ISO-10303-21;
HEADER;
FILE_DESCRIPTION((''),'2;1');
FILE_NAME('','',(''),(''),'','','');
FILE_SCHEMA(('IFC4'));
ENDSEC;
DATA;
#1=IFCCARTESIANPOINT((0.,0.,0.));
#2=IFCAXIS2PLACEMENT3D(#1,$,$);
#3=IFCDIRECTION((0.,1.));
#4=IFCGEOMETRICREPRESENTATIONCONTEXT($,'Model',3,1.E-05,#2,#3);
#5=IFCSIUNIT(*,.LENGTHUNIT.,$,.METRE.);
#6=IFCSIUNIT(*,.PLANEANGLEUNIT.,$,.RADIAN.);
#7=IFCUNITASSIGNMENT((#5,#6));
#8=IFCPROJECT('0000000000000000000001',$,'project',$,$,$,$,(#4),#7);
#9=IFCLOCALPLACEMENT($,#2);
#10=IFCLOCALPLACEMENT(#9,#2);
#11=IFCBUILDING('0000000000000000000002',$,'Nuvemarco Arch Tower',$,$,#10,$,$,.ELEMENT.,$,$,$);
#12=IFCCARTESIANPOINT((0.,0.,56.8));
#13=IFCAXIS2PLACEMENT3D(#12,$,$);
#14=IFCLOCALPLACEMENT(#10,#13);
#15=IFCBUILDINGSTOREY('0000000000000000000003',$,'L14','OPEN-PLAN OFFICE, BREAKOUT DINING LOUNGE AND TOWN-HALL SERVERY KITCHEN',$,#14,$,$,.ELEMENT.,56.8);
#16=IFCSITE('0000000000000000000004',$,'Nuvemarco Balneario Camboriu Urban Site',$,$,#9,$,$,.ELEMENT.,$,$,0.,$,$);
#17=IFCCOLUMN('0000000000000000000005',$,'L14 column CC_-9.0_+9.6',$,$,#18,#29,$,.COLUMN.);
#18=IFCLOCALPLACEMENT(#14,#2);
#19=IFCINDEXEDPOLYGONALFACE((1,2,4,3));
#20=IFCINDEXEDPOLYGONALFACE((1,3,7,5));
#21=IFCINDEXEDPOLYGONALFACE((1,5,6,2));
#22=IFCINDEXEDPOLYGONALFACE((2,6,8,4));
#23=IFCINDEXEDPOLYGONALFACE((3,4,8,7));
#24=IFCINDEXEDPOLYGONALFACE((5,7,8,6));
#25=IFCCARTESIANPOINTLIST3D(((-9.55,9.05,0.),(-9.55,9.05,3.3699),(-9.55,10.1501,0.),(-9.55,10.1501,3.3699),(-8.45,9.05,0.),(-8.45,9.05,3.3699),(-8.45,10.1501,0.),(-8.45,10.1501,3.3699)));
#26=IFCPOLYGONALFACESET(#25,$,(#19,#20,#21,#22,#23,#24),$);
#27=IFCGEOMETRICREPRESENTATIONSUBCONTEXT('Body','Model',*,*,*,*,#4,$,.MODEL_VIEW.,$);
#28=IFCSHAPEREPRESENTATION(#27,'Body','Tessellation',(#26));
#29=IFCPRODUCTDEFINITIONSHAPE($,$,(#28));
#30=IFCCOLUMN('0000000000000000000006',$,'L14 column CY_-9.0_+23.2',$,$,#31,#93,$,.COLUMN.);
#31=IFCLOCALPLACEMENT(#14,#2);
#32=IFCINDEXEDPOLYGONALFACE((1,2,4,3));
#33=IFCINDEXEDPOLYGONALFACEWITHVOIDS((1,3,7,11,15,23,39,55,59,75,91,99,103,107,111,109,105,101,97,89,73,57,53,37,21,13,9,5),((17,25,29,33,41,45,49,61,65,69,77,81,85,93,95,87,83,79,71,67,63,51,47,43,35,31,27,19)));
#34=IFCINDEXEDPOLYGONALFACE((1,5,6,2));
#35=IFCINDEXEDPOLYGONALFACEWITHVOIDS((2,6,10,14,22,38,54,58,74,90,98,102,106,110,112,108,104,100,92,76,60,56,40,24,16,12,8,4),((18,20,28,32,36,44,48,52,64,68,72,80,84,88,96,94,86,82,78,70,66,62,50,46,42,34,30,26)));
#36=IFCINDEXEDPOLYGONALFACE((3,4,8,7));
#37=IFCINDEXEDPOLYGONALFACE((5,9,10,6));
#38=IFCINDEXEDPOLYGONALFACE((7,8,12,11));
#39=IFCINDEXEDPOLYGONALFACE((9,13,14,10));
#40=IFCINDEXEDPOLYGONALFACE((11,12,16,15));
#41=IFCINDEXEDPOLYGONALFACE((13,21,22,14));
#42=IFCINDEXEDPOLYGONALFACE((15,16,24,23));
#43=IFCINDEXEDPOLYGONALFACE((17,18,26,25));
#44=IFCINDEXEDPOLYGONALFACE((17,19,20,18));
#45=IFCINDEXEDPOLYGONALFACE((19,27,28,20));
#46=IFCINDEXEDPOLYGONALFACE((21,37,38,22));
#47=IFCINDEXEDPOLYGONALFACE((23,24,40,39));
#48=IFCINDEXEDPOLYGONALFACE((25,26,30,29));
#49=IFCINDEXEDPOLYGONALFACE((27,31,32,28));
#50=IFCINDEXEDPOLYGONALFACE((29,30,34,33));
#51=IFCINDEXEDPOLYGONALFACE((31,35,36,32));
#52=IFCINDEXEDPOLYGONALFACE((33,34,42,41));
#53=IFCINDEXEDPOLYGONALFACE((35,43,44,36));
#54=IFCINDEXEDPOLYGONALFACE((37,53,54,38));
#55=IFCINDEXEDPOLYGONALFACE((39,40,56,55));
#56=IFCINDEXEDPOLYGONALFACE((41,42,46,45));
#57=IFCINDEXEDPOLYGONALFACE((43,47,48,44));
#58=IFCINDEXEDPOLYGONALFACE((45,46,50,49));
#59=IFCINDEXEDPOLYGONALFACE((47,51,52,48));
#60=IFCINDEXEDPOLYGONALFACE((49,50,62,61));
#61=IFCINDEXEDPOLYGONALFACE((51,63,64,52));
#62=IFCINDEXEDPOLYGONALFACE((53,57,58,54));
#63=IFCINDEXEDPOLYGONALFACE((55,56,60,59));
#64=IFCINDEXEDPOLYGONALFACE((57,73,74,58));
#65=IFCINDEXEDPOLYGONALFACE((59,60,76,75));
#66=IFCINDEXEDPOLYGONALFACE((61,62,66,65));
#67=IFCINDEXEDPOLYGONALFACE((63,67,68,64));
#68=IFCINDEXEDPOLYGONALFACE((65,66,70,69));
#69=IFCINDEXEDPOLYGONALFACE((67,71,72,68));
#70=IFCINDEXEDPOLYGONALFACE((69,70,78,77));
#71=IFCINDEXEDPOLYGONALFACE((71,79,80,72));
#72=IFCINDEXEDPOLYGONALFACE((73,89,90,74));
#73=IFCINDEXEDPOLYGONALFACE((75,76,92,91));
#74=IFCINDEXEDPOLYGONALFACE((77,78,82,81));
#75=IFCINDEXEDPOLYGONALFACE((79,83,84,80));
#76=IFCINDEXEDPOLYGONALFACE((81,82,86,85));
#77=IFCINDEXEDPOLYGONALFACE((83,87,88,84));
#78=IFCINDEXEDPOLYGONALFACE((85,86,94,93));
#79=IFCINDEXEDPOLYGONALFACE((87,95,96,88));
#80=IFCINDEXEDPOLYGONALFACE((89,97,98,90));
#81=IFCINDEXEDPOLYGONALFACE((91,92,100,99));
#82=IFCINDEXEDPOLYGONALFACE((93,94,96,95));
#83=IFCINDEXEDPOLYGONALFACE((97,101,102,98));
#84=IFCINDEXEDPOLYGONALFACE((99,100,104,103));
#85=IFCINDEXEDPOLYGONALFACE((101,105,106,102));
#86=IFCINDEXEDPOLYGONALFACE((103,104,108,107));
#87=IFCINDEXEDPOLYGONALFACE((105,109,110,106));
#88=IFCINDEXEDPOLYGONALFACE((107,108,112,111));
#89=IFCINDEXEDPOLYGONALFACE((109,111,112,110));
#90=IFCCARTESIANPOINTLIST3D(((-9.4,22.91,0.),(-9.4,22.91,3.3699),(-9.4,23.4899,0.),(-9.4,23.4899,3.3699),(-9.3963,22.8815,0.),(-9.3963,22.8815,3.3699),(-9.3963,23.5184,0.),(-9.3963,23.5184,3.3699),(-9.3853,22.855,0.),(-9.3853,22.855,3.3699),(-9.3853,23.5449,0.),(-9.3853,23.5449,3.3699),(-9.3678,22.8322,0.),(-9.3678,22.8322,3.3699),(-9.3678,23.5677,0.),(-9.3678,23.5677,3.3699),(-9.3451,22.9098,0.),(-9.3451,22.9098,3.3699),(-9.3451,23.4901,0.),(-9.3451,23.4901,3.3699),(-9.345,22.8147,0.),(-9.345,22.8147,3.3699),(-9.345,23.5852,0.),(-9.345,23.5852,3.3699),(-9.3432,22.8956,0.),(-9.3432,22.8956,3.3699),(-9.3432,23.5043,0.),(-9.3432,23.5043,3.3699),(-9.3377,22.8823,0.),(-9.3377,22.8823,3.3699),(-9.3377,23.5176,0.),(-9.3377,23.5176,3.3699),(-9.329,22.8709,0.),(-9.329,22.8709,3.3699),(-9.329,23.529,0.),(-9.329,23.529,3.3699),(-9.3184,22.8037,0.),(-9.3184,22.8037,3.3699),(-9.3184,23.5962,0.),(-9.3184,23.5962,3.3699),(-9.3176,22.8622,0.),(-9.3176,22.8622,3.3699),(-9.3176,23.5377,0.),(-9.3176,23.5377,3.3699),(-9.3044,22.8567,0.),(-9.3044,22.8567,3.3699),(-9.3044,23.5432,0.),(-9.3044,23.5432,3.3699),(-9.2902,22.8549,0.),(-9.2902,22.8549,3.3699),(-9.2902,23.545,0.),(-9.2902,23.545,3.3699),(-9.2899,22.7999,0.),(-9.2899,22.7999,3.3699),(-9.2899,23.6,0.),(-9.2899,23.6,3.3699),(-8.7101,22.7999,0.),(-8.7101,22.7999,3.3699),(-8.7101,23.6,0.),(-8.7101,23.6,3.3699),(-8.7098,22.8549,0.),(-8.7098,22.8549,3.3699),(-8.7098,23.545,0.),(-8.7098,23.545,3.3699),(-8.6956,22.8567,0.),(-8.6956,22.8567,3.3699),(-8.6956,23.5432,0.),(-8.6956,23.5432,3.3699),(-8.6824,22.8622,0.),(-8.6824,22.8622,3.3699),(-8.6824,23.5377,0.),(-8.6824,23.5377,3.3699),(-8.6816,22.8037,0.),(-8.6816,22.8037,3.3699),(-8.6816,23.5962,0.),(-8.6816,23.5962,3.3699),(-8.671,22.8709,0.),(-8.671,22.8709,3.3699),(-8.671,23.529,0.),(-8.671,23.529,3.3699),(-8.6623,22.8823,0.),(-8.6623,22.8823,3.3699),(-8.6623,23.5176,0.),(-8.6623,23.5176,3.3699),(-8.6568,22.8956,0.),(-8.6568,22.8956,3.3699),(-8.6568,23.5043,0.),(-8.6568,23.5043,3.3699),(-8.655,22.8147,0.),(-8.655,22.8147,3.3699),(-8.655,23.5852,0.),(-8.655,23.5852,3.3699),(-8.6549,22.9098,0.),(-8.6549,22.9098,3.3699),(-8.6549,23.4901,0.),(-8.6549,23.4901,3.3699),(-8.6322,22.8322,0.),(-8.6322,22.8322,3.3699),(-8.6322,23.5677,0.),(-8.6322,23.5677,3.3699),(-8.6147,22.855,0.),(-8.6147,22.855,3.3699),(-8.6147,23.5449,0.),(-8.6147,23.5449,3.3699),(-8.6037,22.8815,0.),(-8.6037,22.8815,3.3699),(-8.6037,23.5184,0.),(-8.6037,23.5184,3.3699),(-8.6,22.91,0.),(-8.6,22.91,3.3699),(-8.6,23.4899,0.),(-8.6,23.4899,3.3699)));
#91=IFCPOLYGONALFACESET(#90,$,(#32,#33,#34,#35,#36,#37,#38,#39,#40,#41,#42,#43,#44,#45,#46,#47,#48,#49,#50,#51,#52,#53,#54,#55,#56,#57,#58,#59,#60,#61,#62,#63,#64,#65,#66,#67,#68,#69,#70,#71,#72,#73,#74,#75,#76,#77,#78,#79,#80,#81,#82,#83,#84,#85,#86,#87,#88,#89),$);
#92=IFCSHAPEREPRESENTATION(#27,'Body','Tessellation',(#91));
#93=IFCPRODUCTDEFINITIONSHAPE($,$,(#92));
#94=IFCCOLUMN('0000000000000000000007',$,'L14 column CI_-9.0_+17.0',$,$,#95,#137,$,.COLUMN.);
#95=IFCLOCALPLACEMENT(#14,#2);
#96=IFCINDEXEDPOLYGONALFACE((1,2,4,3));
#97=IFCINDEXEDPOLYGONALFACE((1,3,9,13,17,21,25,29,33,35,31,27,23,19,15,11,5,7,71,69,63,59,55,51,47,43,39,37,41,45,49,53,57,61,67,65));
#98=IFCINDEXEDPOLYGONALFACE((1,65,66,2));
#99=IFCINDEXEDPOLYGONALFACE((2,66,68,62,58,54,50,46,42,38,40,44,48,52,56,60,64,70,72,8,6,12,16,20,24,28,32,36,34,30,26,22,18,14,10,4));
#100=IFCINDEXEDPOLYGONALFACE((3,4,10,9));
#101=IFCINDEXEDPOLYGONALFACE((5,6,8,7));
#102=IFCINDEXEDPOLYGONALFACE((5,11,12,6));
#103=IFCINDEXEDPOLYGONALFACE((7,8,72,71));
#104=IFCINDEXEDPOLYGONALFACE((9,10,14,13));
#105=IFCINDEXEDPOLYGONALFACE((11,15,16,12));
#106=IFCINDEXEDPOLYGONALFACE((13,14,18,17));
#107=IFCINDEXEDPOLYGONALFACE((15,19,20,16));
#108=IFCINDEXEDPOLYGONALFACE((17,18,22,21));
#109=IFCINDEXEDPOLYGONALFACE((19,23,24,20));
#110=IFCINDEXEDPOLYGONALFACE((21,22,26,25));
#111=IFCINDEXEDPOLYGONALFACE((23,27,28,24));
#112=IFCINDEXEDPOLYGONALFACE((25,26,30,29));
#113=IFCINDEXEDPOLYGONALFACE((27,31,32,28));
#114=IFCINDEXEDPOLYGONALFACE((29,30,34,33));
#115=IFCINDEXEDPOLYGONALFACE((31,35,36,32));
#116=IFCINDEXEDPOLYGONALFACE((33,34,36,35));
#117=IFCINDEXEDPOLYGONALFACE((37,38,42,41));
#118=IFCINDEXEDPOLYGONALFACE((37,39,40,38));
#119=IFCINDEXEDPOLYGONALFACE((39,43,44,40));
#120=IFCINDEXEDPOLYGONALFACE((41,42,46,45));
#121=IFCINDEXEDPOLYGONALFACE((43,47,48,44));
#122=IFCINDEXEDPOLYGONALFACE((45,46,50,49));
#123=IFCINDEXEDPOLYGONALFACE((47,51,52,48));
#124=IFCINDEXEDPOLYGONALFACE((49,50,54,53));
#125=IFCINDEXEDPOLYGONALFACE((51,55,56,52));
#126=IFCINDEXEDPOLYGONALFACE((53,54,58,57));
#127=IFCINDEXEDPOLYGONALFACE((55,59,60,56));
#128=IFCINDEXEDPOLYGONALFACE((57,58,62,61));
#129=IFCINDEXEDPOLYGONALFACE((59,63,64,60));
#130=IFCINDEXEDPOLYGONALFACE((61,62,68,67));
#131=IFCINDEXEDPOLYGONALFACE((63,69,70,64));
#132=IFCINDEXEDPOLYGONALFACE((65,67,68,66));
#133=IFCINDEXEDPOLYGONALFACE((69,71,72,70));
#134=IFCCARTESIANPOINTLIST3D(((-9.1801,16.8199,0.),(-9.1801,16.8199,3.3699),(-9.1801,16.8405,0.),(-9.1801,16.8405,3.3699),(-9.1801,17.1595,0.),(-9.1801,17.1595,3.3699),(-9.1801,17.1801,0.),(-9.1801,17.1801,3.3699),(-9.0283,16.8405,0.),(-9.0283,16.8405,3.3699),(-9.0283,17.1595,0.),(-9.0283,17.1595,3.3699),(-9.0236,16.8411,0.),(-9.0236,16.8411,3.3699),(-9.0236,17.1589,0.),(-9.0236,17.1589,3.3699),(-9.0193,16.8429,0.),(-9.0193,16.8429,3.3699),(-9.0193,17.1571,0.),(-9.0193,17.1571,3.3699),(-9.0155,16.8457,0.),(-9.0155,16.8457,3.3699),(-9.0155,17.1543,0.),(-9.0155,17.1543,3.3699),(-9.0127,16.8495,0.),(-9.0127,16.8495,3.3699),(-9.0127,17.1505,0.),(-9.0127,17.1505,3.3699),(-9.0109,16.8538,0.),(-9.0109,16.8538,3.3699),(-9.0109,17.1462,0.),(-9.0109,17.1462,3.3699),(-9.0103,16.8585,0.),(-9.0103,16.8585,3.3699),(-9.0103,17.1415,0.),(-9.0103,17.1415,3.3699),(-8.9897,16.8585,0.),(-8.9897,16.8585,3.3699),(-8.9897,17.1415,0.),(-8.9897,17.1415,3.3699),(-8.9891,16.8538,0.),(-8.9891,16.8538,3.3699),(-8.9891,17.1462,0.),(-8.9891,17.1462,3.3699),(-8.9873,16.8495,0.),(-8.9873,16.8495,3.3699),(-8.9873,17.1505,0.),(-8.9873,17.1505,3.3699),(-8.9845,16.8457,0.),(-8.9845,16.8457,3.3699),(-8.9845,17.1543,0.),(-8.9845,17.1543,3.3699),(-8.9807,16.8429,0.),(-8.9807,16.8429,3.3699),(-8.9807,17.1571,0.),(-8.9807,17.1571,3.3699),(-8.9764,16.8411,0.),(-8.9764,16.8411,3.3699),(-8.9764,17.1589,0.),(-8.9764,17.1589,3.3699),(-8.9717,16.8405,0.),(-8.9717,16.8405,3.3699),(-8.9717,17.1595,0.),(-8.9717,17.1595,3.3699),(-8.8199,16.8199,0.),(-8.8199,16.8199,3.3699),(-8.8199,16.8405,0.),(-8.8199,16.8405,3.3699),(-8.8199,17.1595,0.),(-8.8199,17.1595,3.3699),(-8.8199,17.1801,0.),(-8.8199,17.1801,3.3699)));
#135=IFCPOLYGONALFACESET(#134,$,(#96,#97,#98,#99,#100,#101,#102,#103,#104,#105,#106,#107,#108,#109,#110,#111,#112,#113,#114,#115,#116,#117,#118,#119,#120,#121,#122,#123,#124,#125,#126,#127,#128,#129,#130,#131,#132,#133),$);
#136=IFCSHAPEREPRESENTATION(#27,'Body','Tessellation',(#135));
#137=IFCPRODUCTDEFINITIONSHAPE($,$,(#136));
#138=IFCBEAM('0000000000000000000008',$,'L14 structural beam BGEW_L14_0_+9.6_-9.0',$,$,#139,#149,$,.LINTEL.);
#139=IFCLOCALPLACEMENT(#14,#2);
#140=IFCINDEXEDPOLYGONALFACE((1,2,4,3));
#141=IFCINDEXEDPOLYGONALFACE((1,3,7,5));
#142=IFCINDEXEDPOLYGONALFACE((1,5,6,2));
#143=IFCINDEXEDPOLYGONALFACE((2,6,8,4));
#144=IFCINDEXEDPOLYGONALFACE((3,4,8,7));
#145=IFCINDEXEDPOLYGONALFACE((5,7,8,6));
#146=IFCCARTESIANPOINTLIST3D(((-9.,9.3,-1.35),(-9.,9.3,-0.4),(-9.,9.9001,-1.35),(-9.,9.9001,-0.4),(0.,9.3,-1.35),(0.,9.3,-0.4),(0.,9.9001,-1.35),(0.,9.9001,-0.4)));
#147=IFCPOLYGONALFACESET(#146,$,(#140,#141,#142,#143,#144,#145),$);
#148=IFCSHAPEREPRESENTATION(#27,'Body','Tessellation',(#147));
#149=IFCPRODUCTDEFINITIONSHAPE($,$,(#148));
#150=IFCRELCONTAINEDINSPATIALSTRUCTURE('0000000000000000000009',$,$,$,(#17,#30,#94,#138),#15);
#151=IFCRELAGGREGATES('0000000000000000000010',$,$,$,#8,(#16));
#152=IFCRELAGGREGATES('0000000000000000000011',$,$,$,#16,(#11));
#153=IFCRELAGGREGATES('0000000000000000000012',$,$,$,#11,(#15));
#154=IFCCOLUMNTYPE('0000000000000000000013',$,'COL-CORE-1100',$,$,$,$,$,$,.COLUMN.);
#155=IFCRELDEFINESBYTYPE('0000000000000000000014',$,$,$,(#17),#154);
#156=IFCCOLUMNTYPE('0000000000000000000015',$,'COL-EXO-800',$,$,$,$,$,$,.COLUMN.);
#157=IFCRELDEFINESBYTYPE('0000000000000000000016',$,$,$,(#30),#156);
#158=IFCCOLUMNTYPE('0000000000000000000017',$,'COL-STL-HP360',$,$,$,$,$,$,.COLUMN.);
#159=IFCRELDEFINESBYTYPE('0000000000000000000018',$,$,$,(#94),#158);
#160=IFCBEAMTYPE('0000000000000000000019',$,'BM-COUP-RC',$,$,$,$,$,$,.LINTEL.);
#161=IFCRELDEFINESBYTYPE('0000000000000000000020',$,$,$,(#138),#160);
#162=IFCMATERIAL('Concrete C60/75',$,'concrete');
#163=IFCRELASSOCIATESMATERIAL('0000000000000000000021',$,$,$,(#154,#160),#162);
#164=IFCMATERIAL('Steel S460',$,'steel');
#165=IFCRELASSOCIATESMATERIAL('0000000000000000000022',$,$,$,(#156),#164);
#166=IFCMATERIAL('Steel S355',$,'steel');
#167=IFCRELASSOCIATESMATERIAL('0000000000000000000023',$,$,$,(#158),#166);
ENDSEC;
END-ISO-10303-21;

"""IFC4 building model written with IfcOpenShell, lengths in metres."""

from ifc_helpers import new_model, si_unit, direction, frame, origin, origin_2d, place, context, subcontext, project, spatial, rectangle, hollow_rectangle, i_section, extrude, material, material_profile, profile_set, type_object, element, save


model = new_model("IFC4")

# Units and contexts
model_context = context("Model", 3, precision=1e-05, world=origin(), true_north=direction((0.0, 1.0)))
body_context = subcontext(model_context, "Body", "Model", "MODEL_VIEW")
ifc_project = project(units=[si_unit("LENGTHUNIT", "METRE"), si_unit("PLANEANGLEUNIT", "RADIAN")], contexts=[model_context])

# Site, building, storey
site_placement = place(None, origin())
site = spatial("IfcSite", under=ifc_project, at=site_placement, Name="Nuvemarco Balneario Camboriu Urban Site", CompositionType="ELEMENT", RefElevation=0.0)
building_placement = place(site_placement, origin())
building = spatial("IfcBuilding", under=site, at=building_placement, Name="Nuvemarco Arch Tower", CompositionType="ELEMENT")
storey_placement = place(building_placement, frame((0.0, 0.0, 56.8)))
storey = spatial("IfcBuildingStorey", under=building, at=storey_placement, Name="L14", Description="OPEN-PLAN OFFICE, BREAKOUT DINING LOUNGE AND TOWN-HALL SERVERY KITCHEN", CompositionType="ELEMENT", Elevation=56.8)

# Columns
ifc_material_1 = material(Name="Concrete C60/75", Category="concrete")
ifc_material_profile_1 = material_profile(ifc_material_1, rectangle(XDim=1.1001, YDim=1.1001, at=origin_2d()), Name="RC-COL-1100x1100")
ifc_profile_set_1 = profile_set([ifc_material_profile_1], Name="Concrete C60/75")
column_type_1 = type_object("IfcColumnType", Name="COL-CORE-1100", PredefinedType="COLUMN", material=ifc_profile_set_1)
column_1_placement = place(storey_placement, frame((-9.0, 9.6001, 0.0), z_axis=(0.0, 0.0, 1.0), x_axis=(1.0, 0.0, 0.0)))
element("IfcColumn", 1, at=column_1_placement, inside=storey, type_object=column_type_1, Name="L14 column CC_-9.0_+9.6", PredefinedType="COLUMN", context=body_context, shape_type="SweptSolid", body=[
    extrude(rectangle(XDim=1.1001, YDim=1.1001, at=origin_2d()), origin(), (0.0, 0.0, 1.0), 3.3699),
])
ifc_material_2 = material(Name="Steel S460", Category="steel")
ifc_material_profile_2 = material_profile(ifc_material_2, hollow_rectangle(XDim=0.8, YDim=0.8, WallThickness=0.0549, InnerFilletRadius=0.0549, OuterFilletRadius=0.1101, at=origin_2d()), Name="SHS800x800x55")
ifc_profile_set_2 = profile_set([ifc_material_profile_2], Name="Steel S460")
column_type_2 = type_object("IfcColumnType", Name="COL-EXO-800", PredefinedType="COLUMN", material=ifc_profile_set_2)
column_2_placement = place(storey_placement, frame((-9.0, 23.2, 0.0), z_axis=(0.0, 0.0, 1.0), x_axis=(1.0, 0.0, 0.0)))
element("IfcColumn", 2, at=column_2_placement, inside=storey, type_object=column_type_2, Name="L14 column CY_-9.0_+23.2", PredefinedType="COLUMN", context=body_context, shape_type="SweptSolid", body=[
    extrude(hollow_rectangle(XDim=0.8, YDim=0.8, WallThickness=0.0549, InnerFilletRadius=0.0549, OuterFilletRadius=0.1101, at=origin_2d()), origin(), (0.0, 0.0, 1.0), 3.3699),
])
ifc_material_3 = material(Name="Steel S355", Category="steel")
ifc_material_profile_3 = material_profile(ifc_material_3, i_section(OverallWidth=0.3601, OverallDepth=0.3601, WebThickness=0.0205, FlangeThickness=0.0205, FilletRadius=0.0181, at=origin_2d()), Name="HP360x174")
ifc_profile_set_3 = profile_set([ifc_material_profile_3], Name="Steel S355")
column_type_3 = type_object("IfcColumnType", Name="COL-STL-HP360", PredefinedType="COLUMN", material=ifc_profile_set_3)
column_3_placement = place(storey_placement, frame((-9.0, 17.0, 0.0), z_axis=(0.0, 0.0, 1.0), x_axis=(1.0, 0.0, 0.0)))
element("IfcColumn", 3, at=column_3_placement, inside=storey, type_object=column_type_3, Name="L14 column CI_-9.0_+17.0", PredefinedType="COLUMN", context=body_context, shape_type="SweptSolid", body=[
    extrude(i_section(OverallWidth=0.3601, OverallDepth=0.3601, WebThickness=0.0205, FlangeThickness=0.0205, FilletRadius=0.0181, at=origin_2d()), origin(), (0.0, 0.0, 1.0), 3.3699),
])

# Beam
ifc_material_profile_4 = material_profile(ifc_material_1, rectangle(XDim=0.6001, YDim=0.95, at=origin_2d()), Name="RC-BM-600x950")
ifc_profile_set_4 = profile_set([ifc_material_profile_4], Name="Concrete C60/75")
beam_type_1 = type_object("IfcBeamType", Name="BM-COUP-RC", PredefinedType="LINTEL", material=ifc_profile_set_4)
beam_1_placement = place(storey_placement, frame((-9.0, 9.6001, -0.875), z_axis=(1.0, 0.0, 0.0), x_axis=(0.0, 1.0, 0.0)))
element("IfcBeam", 4, at=beam_1_placement, inside=storey, type_object=beam_type_1, Name="L14 structural beam BGEW_L14_0_+9.6_-9.0", PredefinedType="LINTEL", context=body_context, shape_type="SweptSolid", body=[
    extrude(rectangle(XDim=0.6001, YDim=0.95, at=origin_2d()), origin(), (0.0, 0.0, 1.0), 9.0),
])

save(model, "model.ifc")
